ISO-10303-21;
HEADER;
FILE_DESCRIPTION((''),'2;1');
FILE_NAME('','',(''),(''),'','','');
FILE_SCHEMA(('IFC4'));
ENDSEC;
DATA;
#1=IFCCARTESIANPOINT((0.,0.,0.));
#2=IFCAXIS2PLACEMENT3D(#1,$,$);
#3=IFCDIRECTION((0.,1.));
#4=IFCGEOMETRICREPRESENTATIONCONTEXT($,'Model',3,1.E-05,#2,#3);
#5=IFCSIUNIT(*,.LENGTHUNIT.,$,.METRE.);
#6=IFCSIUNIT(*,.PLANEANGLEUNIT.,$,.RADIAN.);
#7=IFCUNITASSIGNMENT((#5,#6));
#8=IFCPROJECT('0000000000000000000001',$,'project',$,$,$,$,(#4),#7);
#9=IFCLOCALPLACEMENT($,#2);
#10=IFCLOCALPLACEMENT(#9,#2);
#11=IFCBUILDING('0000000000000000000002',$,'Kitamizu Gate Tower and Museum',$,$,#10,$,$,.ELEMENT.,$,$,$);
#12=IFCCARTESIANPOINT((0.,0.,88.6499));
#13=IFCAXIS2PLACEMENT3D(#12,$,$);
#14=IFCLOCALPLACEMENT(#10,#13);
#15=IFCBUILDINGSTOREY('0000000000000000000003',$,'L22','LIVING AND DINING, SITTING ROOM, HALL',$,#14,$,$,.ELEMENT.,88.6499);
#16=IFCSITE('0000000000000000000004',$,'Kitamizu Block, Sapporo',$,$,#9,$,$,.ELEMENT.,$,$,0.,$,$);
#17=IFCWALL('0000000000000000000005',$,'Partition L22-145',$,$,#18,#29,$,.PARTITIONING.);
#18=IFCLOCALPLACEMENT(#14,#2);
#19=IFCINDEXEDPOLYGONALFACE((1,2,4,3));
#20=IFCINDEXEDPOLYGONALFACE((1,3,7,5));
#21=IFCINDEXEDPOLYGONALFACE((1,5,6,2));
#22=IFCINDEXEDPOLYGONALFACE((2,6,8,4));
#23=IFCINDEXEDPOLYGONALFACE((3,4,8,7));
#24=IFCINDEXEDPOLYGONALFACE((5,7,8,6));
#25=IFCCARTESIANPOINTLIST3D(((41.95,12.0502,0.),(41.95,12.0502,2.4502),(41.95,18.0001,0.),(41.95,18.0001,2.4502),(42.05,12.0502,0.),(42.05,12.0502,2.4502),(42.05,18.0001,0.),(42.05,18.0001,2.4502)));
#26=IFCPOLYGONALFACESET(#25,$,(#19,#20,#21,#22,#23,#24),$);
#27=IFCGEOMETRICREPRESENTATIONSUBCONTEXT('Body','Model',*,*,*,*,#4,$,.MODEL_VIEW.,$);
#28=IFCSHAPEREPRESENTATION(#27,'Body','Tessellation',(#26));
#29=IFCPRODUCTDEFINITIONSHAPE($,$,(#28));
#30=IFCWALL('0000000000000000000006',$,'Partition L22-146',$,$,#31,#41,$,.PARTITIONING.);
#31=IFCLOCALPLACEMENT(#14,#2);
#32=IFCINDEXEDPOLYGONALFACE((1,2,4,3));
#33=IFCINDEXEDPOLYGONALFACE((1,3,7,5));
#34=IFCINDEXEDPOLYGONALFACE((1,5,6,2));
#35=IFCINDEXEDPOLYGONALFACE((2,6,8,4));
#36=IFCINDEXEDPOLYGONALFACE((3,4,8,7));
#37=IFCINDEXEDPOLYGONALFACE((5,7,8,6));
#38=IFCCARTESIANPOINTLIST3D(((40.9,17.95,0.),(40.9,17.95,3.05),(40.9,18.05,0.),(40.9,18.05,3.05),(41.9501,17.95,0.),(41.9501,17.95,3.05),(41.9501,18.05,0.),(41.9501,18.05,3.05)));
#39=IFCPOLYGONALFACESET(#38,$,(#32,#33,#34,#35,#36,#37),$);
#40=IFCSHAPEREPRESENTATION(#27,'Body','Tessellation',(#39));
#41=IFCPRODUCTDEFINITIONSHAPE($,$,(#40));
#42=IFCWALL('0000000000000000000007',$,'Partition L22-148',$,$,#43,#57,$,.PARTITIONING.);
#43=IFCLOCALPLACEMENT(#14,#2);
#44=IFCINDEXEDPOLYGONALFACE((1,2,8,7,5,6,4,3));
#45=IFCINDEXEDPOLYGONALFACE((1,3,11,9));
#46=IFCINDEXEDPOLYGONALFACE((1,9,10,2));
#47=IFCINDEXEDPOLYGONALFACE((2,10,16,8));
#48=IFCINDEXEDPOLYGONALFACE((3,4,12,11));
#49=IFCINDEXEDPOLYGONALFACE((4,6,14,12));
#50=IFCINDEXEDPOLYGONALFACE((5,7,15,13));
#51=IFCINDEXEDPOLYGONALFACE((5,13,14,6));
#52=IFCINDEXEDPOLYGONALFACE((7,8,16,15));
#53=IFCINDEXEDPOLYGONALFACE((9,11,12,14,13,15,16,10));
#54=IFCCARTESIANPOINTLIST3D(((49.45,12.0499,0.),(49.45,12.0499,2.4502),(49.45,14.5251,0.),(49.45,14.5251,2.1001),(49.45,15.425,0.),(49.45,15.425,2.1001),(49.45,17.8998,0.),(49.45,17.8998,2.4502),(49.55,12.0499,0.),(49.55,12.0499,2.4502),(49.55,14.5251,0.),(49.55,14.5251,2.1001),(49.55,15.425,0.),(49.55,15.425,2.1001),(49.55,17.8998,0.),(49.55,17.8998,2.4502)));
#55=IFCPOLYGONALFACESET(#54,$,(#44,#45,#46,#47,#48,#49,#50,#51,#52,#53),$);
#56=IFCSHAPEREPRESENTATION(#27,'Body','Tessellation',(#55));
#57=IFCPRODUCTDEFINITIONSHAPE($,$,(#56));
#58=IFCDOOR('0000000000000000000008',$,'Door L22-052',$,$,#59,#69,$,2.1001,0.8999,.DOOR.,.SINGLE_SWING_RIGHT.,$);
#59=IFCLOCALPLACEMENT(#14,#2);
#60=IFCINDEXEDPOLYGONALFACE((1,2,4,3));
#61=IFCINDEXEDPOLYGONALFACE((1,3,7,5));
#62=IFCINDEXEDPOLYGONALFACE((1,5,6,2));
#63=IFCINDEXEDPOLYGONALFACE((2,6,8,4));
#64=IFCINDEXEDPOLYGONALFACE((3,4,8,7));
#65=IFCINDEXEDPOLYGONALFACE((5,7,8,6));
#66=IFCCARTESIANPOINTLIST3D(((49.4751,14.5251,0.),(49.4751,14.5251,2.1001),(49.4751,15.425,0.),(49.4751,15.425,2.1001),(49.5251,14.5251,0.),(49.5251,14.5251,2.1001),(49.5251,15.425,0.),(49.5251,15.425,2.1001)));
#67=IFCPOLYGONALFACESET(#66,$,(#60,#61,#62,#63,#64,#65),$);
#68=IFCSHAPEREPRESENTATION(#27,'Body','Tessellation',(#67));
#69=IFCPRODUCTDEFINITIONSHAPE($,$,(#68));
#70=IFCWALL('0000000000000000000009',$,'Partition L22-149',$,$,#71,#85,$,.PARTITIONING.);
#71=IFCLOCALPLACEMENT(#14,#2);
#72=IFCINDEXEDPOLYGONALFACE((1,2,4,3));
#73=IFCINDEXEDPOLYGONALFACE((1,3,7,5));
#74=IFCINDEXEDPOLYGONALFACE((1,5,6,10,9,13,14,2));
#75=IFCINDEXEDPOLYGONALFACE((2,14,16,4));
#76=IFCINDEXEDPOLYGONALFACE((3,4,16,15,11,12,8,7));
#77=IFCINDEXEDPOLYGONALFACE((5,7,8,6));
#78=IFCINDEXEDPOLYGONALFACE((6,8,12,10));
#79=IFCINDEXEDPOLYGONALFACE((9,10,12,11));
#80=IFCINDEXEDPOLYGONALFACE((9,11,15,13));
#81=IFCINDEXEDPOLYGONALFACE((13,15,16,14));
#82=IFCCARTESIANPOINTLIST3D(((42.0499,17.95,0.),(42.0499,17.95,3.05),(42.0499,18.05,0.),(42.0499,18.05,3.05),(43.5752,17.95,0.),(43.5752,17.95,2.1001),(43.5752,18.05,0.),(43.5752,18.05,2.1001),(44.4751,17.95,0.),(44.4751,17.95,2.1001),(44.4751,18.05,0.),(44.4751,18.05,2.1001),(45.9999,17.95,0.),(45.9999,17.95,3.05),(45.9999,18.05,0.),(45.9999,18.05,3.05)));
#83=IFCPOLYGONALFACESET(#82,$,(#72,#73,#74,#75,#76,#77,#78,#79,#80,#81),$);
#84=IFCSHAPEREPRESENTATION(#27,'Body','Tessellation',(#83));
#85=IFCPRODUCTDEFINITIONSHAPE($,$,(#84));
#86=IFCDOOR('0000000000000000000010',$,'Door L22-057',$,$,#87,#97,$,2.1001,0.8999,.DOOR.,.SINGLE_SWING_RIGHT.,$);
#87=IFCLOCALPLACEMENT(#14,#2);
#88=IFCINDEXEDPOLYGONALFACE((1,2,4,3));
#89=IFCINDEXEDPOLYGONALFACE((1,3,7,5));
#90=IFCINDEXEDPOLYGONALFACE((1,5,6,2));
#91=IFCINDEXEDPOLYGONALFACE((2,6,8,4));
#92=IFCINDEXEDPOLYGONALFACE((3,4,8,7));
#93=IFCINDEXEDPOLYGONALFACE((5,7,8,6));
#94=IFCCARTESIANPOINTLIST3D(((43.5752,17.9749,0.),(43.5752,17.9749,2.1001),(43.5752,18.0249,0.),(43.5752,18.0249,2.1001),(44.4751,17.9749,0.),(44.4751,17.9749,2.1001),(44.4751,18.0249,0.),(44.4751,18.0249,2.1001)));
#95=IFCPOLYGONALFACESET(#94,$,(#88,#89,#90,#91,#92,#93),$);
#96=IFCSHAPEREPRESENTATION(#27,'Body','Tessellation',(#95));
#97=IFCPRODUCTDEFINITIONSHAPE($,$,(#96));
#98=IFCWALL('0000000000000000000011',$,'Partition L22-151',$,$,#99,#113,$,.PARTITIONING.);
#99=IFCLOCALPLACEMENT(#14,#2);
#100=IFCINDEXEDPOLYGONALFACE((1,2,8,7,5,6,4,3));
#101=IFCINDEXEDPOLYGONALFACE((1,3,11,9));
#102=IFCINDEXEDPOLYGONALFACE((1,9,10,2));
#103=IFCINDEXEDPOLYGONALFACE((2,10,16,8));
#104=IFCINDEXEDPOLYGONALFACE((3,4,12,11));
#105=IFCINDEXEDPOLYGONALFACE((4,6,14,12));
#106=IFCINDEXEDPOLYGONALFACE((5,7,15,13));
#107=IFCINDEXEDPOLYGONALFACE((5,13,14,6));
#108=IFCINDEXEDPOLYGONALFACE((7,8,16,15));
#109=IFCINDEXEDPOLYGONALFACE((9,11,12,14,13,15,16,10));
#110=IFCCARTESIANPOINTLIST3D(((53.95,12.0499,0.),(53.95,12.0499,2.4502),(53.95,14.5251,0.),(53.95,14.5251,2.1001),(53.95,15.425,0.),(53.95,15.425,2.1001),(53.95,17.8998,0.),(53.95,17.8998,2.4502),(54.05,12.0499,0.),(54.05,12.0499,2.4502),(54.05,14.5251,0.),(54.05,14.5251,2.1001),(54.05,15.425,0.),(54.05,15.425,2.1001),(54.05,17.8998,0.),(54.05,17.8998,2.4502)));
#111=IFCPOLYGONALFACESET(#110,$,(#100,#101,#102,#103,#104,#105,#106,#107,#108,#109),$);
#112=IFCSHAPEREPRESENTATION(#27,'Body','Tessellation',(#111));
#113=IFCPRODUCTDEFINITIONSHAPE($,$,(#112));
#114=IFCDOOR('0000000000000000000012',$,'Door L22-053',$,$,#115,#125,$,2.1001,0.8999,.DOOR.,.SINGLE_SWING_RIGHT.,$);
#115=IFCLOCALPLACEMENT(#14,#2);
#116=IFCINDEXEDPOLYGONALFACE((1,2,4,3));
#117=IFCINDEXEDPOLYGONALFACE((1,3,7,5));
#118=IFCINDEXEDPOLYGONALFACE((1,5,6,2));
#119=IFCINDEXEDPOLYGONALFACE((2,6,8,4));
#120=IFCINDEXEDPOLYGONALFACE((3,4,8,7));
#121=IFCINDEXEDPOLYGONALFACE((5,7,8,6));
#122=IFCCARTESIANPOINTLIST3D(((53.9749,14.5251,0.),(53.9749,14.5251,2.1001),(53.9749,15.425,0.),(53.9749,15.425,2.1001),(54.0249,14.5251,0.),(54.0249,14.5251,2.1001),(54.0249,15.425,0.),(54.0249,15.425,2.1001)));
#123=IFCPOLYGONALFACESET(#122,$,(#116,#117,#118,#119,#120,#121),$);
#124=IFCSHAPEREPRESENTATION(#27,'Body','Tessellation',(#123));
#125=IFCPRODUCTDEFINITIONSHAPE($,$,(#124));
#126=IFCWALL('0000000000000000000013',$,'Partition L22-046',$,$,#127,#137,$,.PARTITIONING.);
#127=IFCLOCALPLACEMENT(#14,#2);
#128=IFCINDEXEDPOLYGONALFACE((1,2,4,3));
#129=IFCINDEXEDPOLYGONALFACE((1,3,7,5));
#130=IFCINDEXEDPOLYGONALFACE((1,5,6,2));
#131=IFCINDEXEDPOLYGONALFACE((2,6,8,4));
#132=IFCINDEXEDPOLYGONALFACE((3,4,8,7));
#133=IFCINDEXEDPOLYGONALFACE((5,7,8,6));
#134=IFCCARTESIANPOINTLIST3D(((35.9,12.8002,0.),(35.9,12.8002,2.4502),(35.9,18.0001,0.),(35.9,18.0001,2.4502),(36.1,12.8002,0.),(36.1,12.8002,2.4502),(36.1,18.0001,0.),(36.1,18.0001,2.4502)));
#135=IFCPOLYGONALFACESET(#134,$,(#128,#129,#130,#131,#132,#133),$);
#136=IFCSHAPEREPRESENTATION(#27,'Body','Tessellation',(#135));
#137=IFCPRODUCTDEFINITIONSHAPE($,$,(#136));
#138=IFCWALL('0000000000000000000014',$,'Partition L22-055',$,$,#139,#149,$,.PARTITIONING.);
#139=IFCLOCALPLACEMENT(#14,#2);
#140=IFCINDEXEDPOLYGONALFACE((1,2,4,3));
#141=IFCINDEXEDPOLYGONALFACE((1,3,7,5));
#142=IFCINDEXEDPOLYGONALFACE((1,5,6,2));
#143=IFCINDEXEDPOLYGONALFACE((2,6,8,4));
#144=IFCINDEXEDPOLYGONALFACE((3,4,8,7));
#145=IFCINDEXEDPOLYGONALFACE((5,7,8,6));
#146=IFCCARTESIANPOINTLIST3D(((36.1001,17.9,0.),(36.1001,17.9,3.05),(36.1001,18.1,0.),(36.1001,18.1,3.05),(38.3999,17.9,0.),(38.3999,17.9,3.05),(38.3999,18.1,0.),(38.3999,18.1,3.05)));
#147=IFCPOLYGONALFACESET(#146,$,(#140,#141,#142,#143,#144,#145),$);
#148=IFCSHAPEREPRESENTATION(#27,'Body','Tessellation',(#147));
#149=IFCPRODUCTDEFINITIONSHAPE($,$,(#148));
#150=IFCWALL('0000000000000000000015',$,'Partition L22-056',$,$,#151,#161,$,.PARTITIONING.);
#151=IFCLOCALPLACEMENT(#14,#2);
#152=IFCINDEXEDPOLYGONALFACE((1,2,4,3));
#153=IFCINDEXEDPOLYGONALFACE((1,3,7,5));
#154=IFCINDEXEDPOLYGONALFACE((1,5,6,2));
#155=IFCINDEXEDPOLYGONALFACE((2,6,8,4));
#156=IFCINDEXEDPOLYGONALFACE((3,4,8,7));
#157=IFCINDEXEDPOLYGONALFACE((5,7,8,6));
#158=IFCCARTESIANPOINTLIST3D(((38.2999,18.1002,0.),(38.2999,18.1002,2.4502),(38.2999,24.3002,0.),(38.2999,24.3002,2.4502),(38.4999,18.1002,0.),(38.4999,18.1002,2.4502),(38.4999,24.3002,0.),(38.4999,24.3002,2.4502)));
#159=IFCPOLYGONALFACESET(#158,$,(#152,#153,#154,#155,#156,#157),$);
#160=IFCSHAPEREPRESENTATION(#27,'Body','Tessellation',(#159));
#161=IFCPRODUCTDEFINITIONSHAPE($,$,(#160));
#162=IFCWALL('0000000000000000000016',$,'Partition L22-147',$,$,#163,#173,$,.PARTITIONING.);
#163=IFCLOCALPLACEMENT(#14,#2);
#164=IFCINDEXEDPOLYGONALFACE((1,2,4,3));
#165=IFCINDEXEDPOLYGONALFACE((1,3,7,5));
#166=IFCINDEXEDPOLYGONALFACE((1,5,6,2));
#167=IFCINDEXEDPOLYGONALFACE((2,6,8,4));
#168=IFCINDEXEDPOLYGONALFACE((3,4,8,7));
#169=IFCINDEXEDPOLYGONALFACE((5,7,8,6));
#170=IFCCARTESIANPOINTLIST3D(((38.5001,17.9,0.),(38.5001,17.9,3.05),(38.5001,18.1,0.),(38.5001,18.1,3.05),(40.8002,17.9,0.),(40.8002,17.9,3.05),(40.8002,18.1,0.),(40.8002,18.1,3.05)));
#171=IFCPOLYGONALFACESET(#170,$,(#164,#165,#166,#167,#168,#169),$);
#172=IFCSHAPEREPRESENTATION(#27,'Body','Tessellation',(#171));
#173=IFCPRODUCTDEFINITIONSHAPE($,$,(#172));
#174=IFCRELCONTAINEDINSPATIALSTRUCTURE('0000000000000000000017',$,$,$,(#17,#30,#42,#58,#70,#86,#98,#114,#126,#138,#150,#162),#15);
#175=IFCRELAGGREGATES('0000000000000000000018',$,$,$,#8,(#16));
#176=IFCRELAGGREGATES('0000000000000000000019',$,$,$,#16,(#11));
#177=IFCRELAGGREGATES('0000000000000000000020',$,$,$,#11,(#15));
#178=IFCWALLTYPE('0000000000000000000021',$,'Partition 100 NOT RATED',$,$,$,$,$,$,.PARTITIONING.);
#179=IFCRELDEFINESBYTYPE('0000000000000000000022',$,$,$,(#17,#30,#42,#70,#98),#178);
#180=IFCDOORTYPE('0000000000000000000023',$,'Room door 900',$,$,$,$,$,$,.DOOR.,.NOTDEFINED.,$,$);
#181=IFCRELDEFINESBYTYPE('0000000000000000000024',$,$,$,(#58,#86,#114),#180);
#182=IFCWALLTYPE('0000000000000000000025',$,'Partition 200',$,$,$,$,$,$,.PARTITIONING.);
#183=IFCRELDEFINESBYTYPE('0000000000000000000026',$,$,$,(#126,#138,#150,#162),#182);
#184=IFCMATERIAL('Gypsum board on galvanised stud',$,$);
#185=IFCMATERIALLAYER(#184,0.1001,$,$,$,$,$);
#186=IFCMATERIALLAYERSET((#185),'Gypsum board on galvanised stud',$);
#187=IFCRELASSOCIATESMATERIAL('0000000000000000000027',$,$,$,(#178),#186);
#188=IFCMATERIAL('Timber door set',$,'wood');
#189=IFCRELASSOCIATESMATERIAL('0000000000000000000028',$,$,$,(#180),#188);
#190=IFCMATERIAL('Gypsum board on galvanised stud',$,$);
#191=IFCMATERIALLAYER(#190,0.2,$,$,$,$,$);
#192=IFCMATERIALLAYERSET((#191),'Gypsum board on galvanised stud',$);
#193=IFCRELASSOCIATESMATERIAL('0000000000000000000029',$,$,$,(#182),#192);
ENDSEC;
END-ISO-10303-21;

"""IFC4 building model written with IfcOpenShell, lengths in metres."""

from ifc_helpers import new_model, si_unit, direction, frame, frame_2d, origin, place, context, subcontext, project, spatial, rectangle, extrude, material, layer, layer_set, type_object, element, fill, save


model = new_model("IFC4")

# Units and contexts
model_context = context("Model", 3, precision=1e-05, world=origin(), true_north=direction((0.0, 1.0)))
body_context = subcontext(model_context, "Body", "Model", "MODEL_VIEW")
ifc_project = project(units=[si_unit("LENGTHUNIT", "METRE"), si_unit("PLANEANGLEUNIT", "RADIAN")], contexts=[model_context])

# Site, building, storey
site_placement = place(None, origin())
site = spatial("IfcSite", under=ifc_project, at=site_placement, Name="Kitamizu Block, Sapporo", CompositionType="ELEMENT", RefElevation=0.0)
building_placement = place(site_placement, origin())
building = spatial("IfcBuilding", under=site, at=building_placement, Name="Kitamizu Gate Tower and Museum", CompositionType="ELEMENT")
storey_placement = place(building_placement, frame((0.0, 0.0, 88.6499)))
storey = spatial("IfcBuildingStorey", under=building, at=storey_placement, Name="L22", Description="LIVING AND DINING, SITTING ROOM, HALL", CompositionType="ELEMENT", Elevation=88.6499)

# Shared definitions
ifc_material_1 = material(Name="Gypsum board on galvanised stud")
ifc_layer_1 = layer(ifc_material_1, 0.1001)
ifc_layer_set_1 = layer_set([ifc_layer_1], Name="Gypsum board on galvanised stud")
wall_type_1 = type_object("IfcWallType", Name="Partition 100 NOT RATED", PredefinedType="PARTITIONING", material=ifc_layer_set_1)
ifc_material_2 = material(Name="Timber door set", Category="wood")
door_type_1 = type_object("IfcDoorType", Name="Room door 900", OperationType="NOTDEFINED", PredefinedType="DOOR", material=ifc_material_2)

# Walls
wall_1_placement = place(storey_placement, frame((42.0, 12.05, 0.0), z_axis=(0.0, 0.0, 1.0), x_axis=(0.0, 1.0, 0.0)))
element("IfcWall", 1, at=wall_1_placement, inside=storey, type_object=wall_type_1, Name="Partition L22-145", PredefinedType="PARTITIONING", context=body_context, shape_type="SweptSolid", body=[
    extrude(rectangle(XDim=5.95, YDim=0.1001, at=frame_2d((2.9751, 0.0))), origin(), (0.0, 0.0, 1.0), 2.4502),
])
wall_2_placement = place(storey_placement, frame((41.95, 18.0, 0.0), z_axis=(0.0, 0.0, 1.0), x_axis=(-1.0, 0.0, 0.0)))
element("IfcWall", 2, at=wall_2_placement, inside=storey, type_object=wall_type_1, Name="Partition L22-146", PredefinedType="PARTITIONING", context=body_context, shape_type="SweptSolid", body=[
    extrude(rectangle(XDim=1.05, YDim=0.1001, at=frame_2d((0.5249, 0.0))), origin(), (0.0, 0.0, 1.0), 3.05),
])

# Walls, openings, doors
wall_3_placement = place(storey_placement, frame((49.5, 12.05, 0.0), z_axis=(0.0, 0.0, 1.0), x_axis=(0.0, 1.0, 0.0)))
wall_3 = element("IfcWall", 3, at=wall_3_placement, inside=storey, type_object=wall_type_1, Name="Partition L22-148", PredefinedType="PARTITIONING", context=body_context, shape_type="SweptSolid", body=[
    extrude(rectangle(XDim=5.8499, YDim=0.1001, at=frame_2d((2.9248, 0.0))), origin(), (0.0, 0.0, 1.0), 2.4502),
])
opening_1_placement = place(wall_3_placement, frame((2.4751, 0.0, 0.0)))
opening_1 = element("IfcOpeningElement", 4, at=opening_1_placement, cuts=wall_3, PredefinedType="OPENING", context=body_context, shape_type="SweptSolid", body=[
    extrude(rectangle(XDim=0.8999, YDim=2.1001, at=frame_2d((0.45, 1.05))), frame((0.0, 0.0601, 0.0), z_axis=(0.0, -1.0, 0.0), x_axis=(1.0, 0.0, 0.0)), (0.0, 0.0, 1.0), 0.1201),
])
door_1_placement = place(opening_1_placement, origin())
door_1 = element("IfcDoor", 5, at=door_1_placement, inside=storey, type_object=door_type_1, Name="Door L22-052", OperationType="SINGLE_SWING_RIGHT", OverallHeight=2.1001, OverallWidth=0.8999, PredefinedType="DOOR", context=body_context, shape_type="SweptSolid", body=[
    extrude(rectangle(XDim=0.8999, YDim=2.1001, at=frame_2d((0.45, 1.05))), frame((0.0, 0.0249, 0.0), z_axis=(0.0, -1.0, 0.0), x_axis=(1.0, 0.0, 0.0)), (0.0, 0.0, 1.0), 0.05),
])
fill(opening_1, door_1)
wall_4_placement = place(storey_placement, frame((46.0, 18.0, 0.0), z_axis=(0.0, 0.0, 1.0), x_axis=(-1.0, 0.0, 0.0)))
wall_4 = element("IfcWall", 6, at=wall_4_placement, inside=storey, type_object=wall_type_1, Name="Partition L22-149", PredefinedType="PARTITIONING", context=body_context, shape_type="SweptSolid", body=[
    extrude(rectangle(XDim=3.95, YDim=0.1001, at=frame_2d((1.9751, 0.0))), origin(), (0.0, 0.0, 1.0), 3.05),
])
opening_2_placement = place(wall_4_placement, frame((1.5249, 0.0, 0.0)))
opening_2 = element("IfcOpeningElement", 7, at=opening_2_placement, cuts=wall_4, PredefinedType="OPENING", context=body_context, shape_type="SweptSolid", body=[
    extrude(rectangle(XDim=0.8999, YDim=2.1001, at=frame_2d((0.45, 1.05))), frame((0.0, 0.0601, 0.0), z_axis=(0.0, -1.0, 0.0), x_axis=(1.0, 0.0, 0.0)), (0.0, 0.0, 1.0), 0.1201),
])
door_2_placement = place(opening_2_placement, frame((0.8999, 0.0, 0.0), x_axis=(-1.0, 0.0, 0.0)))
door_2 = element("IfcDoor", 8, at=door_2_placement, inside=storey, type_object=door_type_1, Name="Door L22-057", OperationType="SINGLE_SWING_RIGHT", OverallHeight=2.1001, OverallWidth=0.8999, PredefinedType="DOOR", context=body_context, shape_type="SweptSolid", body=[
    extrude(rectangle(XDim=0.8999, YDim=2.1001, at=frame_2d((0.45, 1.05))), frame((0.0, 0.0249, 0.0), z_axis=(0.0, -1.0, 0.0), x_axis=(1.0, 0.0, 0.0)), (0.0, 0.0, 1.0), 0.05),
])
fill(opening_2, door_2)
wall_5_placement = place(storey_placement, frame((54.0, 12.05, 0.0), z_axis=(0.0, 0.0, 1.0), x_axis=(0.0, 1.0, 0.0)))
wall_5 = element("IfcWall", 9, at=wall_5_placement, inside=storey, type_object=wall_type_1, Name="Partition L22-151", PredefinedType="PARTITIONING", context=body_context, shape_type="SweptSolid", body=[
    extrude(rectangle(XDim=5.8499, YDim=0.1001, at=frame_2d((2.9248, 0.0))), origin(), (0.0, 0.0, 1.0), 2.4502),
])
opening_3_placement = place(wall_5_placement, frame((2.4751, 0.0, 0.0)))
opening_3 = element("IfcOpeningElement", 10, at=opening_3_placement, cuts=wall_5, PredefinedType="OPENING", context=body_context, shape_type="SweptSolid", body=[
    extrude(rectangle(XDim=0.8999, YDim=2.1001, at=frame_2d((0.45, 1.05))), frame((0.0, 0.0601, 0.0), z_axis=(0.0, -1.0, 0.0), x_axis=(1.0, 0.0, 0.0)), (0.0, 0.0, 1.0), 0.1201),
])
door_3_placement = place(opening_3_placement, frame((0.8999, 0.0, 0.0), x_axis=(-1.0, 0.0, 0.0)))
door_3 = element("IfcDoor", 11, at=door_3_placement, inside=storey, type_object=door_type_1, Name="Door L22-053", OperationType="SINGLE_SWING_RIGHT", OverallHeight=2.1001, OverallWidth=0.8999, PredefinedType="DOOR", context=body_context, shape_type="SweptSolid", body=[
    extrude(rectangle(XDim=0.8999, YDim=2.1001, at=frame_2d((0.45, 1.05))), frame((0.0, 0.0249, 0.0), z_axis=(0.0, -1.0, 0.0), x_axis=(1.0, 0.0, 0.0)), (0.0, 0.0, 1.0), 0.05),
])
fill(opening_3, door_3)

# Walls
ifc_material_3 = material(Name="Gypsum board on galvanised stud")
ifc_layer_2 = layer(ifc_material_3, 0.2)
ifc_layer_set_2 = layer_set([ifc_layer_2], Name="Gypsum board on galvanised stud")
wall_type_2 = type_object("IfcWallType", Name="Partition 200", PredefinedType="PARTITIONING", material=ifc_layer_set_2)
wall_6_placement = place(storey_placement, frame((36.0, 12.8, 0.0), z_axis=(0.0, 0.0, 1.0), x_axis=(0.0, 1.0, 0.0)))
element("IfcWall", 12, at=wall_6_placement, inside=storey, type_object=wall_type_2, Name="Partition L22-046", PredefinedType="PARTITIONING", context=body_context, shape_type="SweptSolid", body=[
    extrude(rectangle(XDim=5.2, YDim=0.2, at=frame_2d((2.6001, 0.0))), origin(), (0.0, 0.0, 1.0), 2.4502),
])
wall_7_placement = place(storey_placement, frame((36.1001, 18.0, 0.0), z_axis=(0.0, 0.0, 1.0), x_axis=(1.0, 0.0, 0.0)))
element("IfcWall", 13, at=wall_7_placement, inside=storey, type_object=wall_type_2, Name="Partition L22-055", PredefinedType="PARTITIONING", context=body_context, shape_type="SweptSolid", body=[
    extrude(rectangle(XDim=2.2998, YDim=0.2, at=frame_2d((1.1499, 0.0))), origin(), (0.0, 0.0, 1.0), 3.05),
])
wall_8_placement = place(storey_placement, frame((38.3999, 18.1001, 0.0), z_axis=(0.0, 0.0, 1.0), x_axis=(0.0, 1.0, 0.0)))
element("IfcWall", 14, at=wall_8_placement, inside=storey, type_object=wall_type_2, Name="Partition L22-056", PredefinedType="PARTITIONING", context=body_context, shape_type="SweptSolid", body=[
    extrude(rectangle(XDim=6.2, YDim=0.2, at=frame_2d((3.1001, 0.0))), origin(), (0.0, 0.0, 1.0), 2.4502),
])
wall_9_placement = place(storey_placement, frame((40.8, 18.0, 0.0), z_axis=(0.0, 0.0, 1.0), x_axis=(-1.0, 0.0, 0.0)))
element("IfcWall", 15, at=wall_9_placement, inside=storey, type_object=wall_type_2, Name="Partition L22-147", PredefinedType="PARTITIONING", context=body_context, shape_type="SweptSolid", body=[
    extrude(rectangle(XDim=2.3, YDim=0.2, at=frame_2d((1.1499, 0.0))), origin(), (0.0, 0.0, 1.0), 3.05),
])

save(model, "model.ifc")
